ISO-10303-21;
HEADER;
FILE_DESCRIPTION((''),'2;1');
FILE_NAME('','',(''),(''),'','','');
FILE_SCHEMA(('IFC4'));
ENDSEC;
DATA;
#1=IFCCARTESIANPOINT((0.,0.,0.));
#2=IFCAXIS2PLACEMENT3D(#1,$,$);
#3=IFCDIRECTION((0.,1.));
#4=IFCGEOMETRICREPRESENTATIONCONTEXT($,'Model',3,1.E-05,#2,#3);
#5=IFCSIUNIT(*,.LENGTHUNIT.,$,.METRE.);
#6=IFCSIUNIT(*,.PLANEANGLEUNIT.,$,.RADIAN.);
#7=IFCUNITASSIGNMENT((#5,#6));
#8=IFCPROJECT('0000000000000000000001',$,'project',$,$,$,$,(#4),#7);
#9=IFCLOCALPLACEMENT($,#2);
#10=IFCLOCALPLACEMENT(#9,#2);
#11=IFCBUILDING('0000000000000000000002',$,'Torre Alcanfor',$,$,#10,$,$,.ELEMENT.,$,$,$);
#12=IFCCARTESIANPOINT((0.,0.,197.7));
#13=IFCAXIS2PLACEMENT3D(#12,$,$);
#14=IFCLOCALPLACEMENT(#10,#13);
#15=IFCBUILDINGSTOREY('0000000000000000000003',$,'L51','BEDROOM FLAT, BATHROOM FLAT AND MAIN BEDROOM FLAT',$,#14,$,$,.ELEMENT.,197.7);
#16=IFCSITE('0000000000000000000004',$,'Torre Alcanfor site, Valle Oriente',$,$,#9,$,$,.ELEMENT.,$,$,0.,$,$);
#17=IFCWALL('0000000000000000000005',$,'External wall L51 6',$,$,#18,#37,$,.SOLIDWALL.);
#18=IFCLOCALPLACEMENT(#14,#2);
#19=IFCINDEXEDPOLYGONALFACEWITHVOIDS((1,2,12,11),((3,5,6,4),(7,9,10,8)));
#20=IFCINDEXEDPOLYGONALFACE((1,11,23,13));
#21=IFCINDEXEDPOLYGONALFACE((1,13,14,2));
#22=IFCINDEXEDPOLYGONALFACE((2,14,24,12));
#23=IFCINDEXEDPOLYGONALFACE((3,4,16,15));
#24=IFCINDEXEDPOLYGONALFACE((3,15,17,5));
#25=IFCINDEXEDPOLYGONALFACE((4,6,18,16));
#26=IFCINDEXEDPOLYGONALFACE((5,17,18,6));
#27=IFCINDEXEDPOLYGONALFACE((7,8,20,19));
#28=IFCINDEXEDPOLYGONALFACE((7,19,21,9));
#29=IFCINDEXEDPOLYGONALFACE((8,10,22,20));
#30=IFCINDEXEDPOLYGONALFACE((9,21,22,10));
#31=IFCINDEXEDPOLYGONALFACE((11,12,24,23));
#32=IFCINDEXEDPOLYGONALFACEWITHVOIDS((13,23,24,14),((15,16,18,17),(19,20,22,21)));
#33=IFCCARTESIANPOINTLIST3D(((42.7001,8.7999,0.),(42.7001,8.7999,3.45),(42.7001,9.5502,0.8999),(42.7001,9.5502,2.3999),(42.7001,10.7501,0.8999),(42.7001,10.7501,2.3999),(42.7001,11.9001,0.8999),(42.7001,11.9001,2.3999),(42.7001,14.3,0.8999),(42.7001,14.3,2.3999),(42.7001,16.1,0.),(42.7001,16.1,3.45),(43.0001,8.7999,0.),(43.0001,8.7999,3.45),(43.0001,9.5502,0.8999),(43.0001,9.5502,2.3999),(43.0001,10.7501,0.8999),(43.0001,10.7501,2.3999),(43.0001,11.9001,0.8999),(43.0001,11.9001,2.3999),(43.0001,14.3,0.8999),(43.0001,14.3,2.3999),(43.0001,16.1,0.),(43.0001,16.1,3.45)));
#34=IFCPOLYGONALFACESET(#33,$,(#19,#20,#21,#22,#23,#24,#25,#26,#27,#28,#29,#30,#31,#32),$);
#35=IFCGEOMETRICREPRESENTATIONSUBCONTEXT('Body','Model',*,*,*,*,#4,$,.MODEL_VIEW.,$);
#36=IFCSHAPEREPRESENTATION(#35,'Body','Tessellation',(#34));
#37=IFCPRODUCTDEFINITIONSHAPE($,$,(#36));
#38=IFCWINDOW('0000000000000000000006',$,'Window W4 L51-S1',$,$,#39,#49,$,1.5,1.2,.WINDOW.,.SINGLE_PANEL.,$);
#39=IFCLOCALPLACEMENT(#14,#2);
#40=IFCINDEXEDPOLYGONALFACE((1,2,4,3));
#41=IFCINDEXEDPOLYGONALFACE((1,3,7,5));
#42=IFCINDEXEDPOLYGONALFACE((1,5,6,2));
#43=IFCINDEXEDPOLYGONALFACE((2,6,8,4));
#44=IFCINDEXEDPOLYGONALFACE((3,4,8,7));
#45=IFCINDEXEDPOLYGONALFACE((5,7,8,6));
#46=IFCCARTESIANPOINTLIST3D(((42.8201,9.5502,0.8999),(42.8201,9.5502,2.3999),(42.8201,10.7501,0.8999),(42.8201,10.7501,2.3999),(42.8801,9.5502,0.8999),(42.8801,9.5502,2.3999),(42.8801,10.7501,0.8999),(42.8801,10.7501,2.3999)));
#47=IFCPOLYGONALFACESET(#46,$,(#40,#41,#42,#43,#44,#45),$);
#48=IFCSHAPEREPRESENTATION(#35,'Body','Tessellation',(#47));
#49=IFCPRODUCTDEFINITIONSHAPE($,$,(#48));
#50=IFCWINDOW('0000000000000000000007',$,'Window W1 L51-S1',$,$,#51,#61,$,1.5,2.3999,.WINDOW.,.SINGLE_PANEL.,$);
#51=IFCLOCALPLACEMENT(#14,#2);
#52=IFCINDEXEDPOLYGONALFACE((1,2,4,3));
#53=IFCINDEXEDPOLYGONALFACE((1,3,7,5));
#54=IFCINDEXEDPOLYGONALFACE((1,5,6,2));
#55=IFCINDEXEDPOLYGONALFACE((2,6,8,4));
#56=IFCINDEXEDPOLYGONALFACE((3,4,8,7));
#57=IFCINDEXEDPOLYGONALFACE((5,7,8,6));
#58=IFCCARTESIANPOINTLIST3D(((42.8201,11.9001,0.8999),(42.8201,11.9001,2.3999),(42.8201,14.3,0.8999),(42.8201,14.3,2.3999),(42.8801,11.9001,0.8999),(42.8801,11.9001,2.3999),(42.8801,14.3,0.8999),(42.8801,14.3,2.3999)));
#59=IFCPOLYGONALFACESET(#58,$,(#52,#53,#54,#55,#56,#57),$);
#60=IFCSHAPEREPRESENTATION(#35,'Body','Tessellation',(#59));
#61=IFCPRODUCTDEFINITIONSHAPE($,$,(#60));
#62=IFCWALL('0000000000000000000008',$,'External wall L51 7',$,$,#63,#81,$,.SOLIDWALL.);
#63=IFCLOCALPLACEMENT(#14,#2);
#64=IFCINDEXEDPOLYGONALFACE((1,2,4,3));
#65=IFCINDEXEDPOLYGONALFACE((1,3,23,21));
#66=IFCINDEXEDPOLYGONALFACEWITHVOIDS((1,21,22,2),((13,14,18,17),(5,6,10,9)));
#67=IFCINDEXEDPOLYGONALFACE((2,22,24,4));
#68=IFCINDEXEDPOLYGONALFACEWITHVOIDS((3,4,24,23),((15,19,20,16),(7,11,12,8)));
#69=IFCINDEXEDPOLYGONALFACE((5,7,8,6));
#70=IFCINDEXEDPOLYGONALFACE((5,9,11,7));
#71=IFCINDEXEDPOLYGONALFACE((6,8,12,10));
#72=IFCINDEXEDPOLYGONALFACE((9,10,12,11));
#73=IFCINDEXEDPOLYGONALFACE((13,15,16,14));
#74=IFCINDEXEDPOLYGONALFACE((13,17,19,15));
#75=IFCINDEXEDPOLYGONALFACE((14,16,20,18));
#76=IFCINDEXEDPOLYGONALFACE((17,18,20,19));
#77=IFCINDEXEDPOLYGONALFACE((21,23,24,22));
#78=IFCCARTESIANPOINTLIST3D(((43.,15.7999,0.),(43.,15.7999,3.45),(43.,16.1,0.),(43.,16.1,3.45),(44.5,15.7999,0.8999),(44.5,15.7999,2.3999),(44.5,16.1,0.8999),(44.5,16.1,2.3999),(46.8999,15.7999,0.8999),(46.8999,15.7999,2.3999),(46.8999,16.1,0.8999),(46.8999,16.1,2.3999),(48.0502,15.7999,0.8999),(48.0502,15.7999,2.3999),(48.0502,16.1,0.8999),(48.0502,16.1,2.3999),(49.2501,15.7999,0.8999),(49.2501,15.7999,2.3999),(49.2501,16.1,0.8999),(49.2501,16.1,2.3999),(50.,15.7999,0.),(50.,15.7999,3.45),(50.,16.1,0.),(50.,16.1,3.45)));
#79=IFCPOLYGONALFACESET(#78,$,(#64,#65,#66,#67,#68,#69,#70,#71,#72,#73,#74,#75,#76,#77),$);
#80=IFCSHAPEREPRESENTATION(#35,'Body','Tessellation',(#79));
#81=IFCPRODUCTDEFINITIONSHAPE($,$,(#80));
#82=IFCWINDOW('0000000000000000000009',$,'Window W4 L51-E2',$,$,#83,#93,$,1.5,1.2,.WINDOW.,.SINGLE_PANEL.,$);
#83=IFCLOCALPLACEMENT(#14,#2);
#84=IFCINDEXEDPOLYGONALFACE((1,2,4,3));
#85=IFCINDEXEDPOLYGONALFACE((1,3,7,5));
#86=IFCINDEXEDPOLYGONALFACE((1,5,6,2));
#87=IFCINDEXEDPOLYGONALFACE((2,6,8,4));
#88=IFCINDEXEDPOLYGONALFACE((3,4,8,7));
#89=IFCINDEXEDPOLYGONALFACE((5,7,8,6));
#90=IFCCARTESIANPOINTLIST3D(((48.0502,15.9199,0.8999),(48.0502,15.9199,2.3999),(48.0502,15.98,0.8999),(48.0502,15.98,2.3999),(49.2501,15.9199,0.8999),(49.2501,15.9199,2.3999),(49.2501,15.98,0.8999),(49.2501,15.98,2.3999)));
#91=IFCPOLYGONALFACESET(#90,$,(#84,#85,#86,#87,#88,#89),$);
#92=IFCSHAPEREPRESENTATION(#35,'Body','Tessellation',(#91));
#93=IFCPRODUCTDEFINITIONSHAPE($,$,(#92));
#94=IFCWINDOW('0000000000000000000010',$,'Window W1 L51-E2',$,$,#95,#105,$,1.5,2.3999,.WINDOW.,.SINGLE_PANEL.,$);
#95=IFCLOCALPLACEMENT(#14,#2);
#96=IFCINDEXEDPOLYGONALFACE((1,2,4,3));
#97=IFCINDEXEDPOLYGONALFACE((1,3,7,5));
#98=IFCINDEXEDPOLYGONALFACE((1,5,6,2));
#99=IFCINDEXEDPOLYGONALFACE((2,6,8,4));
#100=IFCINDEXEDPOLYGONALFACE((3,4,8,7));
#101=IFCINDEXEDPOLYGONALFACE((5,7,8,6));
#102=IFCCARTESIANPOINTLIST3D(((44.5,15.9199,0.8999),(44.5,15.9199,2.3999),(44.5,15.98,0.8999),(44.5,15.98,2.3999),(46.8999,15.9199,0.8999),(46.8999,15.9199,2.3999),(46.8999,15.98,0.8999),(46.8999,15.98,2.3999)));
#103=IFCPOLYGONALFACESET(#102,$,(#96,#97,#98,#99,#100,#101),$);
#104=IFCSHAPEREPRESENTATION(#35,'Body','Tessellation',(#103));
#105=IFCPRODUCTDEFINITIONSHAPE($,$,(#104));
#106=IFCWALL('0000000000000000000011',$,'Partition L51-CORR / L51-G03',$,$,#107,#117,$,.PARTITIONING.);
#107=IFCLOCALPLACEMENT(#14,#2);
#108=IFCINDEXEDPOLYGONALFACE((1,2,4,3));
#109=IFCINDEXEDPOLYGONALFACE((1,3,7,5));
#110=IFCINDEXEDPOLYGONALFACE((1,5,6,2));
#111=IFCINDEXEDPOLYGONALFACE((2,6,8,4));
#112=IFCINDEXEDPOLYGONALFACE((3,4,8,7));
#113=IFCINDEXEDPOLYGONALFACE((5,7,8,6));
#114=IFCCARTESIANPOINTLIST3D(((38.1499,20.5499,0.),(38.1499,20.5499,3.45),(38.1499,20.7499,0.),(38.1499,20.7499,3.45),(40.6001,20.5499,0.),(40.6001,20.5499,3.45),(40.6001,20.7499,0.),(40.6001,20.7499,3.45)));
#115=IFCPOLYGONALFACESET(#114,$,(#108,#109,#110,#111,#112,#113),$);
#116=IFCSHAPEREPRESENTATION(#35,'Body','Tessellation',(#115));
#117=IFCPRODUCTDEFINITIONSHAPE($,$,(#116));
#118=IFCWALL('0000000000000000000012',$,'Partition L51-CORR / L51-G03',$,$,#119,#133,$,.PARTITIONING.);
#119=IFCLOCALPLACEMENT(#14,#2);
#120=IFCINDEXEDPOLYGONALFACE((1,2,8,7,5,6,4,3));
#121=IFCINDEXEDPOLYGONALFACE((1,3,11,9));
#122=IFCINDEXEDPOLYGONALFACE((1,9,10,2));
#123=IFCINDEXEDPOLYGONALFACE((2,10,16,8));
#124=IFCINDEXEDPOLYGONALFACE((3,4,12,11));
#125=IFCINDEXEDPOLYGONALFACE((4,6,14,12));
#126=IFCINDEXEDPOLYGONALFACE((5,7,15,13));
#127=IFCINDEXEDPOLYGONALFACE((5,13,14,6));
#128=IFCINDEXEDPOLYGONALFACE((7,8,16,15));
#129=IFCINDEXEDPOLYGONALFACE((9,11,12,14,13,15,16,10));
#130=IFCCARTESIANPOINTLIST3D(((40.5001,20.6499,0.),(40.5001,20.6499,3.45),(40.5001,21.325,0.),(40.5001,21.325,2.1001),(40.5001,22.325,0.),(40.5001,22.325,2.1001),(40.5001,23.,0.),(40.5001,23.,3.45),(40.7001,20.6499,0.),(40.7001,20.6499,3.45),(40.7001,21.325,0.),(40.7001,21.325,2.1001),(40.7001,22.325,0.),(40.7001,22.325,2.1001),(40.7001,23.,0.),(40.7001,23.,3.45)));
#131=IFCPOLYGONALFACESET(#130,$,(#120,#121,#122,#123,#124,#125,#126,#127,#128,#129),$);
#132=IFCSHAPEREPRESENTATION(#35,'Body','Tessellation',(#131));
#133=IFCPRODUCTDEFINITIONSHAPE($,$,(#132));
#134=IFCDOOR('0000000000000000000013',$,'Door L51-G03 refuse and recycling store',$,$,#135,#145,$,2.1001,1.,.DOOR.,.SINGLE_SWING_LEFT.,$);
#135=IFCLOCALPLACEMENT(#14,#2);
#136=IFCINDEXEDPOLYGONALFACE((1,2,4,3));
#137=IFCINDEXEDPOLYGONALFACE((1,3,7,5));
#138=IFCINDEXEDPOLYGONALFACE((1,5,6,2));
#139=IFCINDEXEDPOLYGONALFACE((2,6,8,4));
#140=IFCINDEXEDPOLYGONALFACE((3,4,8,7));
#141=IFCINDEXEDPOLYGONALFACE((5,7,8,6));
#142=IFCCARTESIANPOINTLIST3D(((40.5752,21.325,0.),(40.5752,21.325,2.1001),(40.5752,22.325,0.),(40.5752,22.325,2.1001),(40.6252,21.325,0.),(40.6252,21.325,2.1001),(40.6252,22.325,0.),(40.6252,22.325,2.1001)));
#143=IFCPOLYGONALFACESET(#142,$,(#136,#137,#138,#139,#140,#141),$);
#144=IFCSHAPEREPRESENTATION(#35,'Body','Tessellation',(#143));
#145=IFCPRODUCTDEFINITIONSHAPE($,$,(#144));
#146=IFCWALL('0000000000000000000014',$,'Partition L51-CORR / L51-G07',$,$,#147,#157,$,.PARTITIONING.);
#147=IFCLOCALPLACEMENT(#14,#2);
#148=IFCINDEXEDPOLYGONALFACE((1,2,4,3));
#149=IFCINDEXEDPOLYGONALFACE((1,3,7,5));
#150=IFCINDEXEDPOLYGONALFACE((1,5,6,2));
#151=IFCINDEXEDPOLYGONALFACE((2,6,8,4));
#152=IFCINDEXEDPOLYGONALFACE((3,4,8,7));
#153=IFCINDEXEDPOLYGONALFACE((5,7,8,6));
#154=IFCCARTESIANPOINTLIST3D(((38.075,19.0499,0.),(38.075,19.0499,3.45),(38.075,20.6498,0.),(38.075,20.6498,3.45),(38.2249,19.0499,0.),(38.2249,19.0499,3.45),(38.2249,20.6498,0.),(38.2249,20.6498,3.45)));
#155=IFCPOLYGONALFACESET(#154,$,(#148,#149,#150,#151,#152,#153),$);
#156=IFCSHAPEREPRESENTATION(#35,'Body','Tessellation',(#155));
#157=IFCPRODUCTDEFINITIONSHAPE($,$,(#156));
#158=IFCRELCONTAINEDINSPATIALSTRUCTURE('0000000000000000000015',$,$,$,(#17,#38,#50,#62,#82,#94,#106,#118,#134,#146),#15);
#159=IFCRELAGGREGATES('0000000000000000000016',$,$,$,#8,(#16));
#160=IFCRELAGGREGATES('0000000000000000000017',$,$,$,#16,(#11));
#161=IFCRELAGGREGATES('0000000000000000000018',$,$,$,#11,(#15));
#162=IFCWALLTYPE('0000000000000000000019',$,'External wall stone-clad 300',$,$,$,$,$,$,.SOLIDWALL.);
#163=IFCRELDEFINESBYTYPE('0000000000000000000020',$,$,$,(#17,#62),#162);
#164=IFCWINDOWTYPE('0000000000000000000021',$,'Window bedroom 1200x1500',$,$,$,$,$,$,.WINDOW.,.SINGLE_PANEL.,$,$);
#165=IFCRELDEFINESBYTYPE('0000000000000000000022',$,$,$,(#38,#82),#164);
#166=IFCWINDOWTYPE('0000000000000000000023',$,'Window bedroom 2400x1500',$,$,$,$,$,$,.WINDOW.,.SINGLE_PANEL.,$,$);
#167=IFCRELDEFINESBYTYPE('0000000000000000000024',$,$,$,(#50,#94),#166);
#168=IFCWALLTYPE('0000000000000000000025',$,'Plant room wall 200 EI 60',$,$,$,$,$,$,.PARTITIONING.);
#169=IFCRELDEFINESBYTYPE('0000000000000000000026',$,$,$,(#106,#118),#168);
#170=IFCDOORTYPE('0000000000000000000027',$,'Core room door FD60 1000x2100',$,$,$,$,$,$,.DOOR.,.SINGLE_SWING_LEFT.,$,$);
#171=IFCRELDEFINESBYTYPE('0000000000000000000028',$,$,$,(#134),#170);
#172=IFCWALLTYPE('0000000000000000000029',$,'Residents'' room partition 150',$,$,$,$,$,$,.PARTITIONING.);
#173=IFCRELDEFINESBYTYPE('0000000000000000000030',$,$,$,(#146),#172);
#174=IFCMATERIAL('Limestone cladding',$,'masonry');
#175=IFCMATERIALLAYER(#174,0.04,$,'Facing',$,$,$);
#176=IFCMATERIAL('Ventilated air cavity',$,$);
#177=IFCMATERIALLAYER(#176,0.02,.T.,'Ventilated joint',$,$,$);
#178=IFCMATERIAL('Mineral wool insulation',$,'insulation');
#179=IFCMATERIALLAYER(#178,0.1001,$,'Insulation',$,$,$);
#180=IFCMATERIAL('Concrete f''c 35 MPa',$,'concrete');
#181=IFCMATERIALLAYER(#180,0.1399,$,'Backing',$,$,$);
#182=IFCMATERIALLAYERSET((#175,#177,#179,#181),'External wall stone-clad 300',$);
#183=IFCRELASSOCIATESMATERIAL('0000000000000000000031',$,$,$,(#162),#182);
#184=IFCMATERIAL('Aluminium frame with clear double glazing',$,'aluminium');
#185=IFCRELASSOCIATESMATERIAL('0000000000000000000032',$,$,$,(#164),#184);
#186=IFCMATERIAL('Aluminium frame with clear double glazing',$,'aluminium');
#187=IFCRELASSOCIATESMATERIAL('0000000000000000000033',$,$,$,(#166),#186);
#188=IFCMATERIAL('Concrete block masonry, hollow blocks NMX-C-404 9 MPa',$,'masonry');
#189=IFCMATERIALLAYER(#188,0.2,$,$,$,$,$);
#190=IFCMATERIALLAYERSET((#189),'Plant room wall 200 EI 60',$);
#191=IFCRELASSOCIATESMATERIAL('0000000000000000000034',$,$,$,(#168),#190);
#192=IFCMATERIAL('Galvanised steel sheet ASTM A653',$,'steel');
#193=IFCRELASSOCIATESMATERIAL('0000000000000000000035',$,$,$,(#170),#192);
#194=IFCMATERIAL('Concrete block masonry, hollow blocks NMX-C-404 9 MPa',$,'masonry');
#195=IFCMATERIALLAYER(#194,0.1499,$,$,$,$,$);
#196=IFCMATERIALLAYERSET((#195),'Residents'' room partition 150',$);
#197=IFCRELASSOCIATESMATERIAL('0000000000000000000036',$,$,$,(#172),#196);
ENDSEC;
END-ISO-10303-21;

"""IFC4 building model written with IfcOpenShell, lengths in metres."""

from ifc_helpers import new_model, si_unit, direction, frame, frame_2d, origin, place, context, subcontext, project, spatial, rectangle, extrude, material, layer, layer_set, type_object, element, fill, save


model = new_model("IFC4")

# Units and contexts
model_context = context("Model", 3, precision=1e-05, world=origin(), true_north=direction((0.0, 1.0)))
body_context = subcontext(model_context, "Body", "Model", "MODEL_VIEW")
ifc_project = project(units=[si_unit("LENGTHUNIT", "METRE"), si_unit("PLANEANGLEUNIT", "RADIAN")], contexts=[model_context])

# Site, building, storey
site_placement = place(None, origin())
site = spatial("IfcSite", under=ifc_project, at=site_placement, Name="Torre Alcanfor site, Valle Oriente", CompositionType="ELEMENT", RefElevation=0.0)
building_placement = place(site_placement, origin())
building = spatial("IfcBuilding", under=site, at=building_placement, Name="Torre Alcanfor", CompositionType="ELEMENT")
storey_placement = place(building_placement, frame((0.0, 0.0, 197.7)))
storey = spatial("IfcBuildingStorey", under=building, at=storey_placement, Name="L51", Description="BEDROOM FLAT, BATHROOM FLAT AND MAIN BEDROOM FLAT", CompositionType="ELEMENT", Elevation=197.7)

# Walls, openings, windows
ifc_material_1 = material(Name="Limestone cladding", Category="masonry")
ifc_layer_1 = layer(ifc_material_1, 0.04, Name="Facing")
ifc_material_2 = material(Name="Ventilated air cavity")
ifc_layer_2 = layer(ifc_material_2, 0.02, ventilated=True, Name="Ventilated joint")
ifc_material_3 = material(Name="Mineral wool insulation", Category="insulation")
ifc_layer_3 = layer(ifc_material_3, 0.1001, Name="Insulation")
ifc_material_4 = material(Name="Concrete f'c 35 MPa", Category="concrete")
ifc_layer_4 = layer(ifc_material_4, 0.1399, Name="Backing")
ifc_layer_set_1 = layer_set([ifc_layer_1, ifc_layer_2, ifc_layer_3, ifc_layer_4], Name="External wall stone-clad 300")
wall_type_1 = type_object("IfcWallType", Name="External wall stone-clad 300", PredefinedType="SOLIDWALL", material=ifc_layer_set_1)
wall_1_placement = place(storey_placement, frame((42.8501, 8.8, 0.0), z_axis=(0.0, 0.0, 1.0), x_axis=(0.0, 1.0, 0.0)))
wall_1 = element("IfcWall", 1, at=wall_1_placement, inside=storey, type_object=wall_type_1, Name="External wall L51 6", PredefinedType="SOLIDWALL", context=body_context, shape_type="SweptSolid", body=[
    extrude(rectangle(XDim=7.3, YDim=0.3, at=frame_2d((3.6499, 0.0))), origin(), (0.0, 0.0, 1.0), 3.45),
])
opening_1_placement = place(wall_1_placement, frame((3.1001, 0.0, 0.8999)))
opening_1 = element("IfcOpeningElement", 2, at=opening_1_placement, cuts=wall_1, PredefinedType="OPENING", context=body_context, shape_type="SweptSolid", body=[
    extrude(rectangle(XDim=2.3999, YDim=1.5, at=frame_2d((1.2, 0.75))), frame((0.0, 0.1599, 0.0), z_axis=(0.0, -1.0, 0.0), x_axis=(1.0, 0.0, 0.0)), (0.0, 0.0, 1.0), 0.3201),
])
opening_2_placement = place(wall_1_placement, frame((0.75, 0.0, 0.8999)))
opening_2 = element("IfcOpeningElement", 3, at=opening_2_placement, cuts=wall_1, PredefinedType="OPENING", context=body_context, shape_type="SweptSolid", body=[
    extrude(rectangle(XDim=1.2, YDim=1.5, at=frame_2d((0.6001, 0.75))), frame((0.0, 0.1599, 0.0), z_axis=(0.0, -1.0, 0.0), x_axis=(1.0, 0.0, 0.0)), (0.0, 0.0, 1.0), 0.3201),
])
ifc_material_5 = material(Name="Aluminium frame with clear double glazing", Category="aluminium")
window_type_1 = type_object("IfcWindowType", Name="Window bedroom 1200x1500", PartitioningType="SINGLE_PANEL", PredefinedType="WINDOW", material=ifc_material_5)
window_1_placement = place(opening_2_placement, origin())
window_1 = element("IfcWindow", 4, at=window_1_placement, inside=storey, type_object=window_type_1, Name="Window W4 L51-S1", OverallHeight=1.5, OverallWidth=1.2, PartitioningType="SINGLE_PANEL", PredefinedType="WINDOW", context=body_context, shape_type="SweptSolid", body=[
    extrude(rectangle(XDim=1.2, YDim=1.5, at=frame_2d((0.6001, 0.75))), frame((0.0, 0.03, 0.0), z_axis=(0.0, -1.0, 0.0), x_axis=(1.0, 0.0, 0.0)), (0.0, 0.0, 1.0), 0.0601),
])
fill(opening_2, window_1)
ifc_material_6 = material(Name="Aluminium frame with clear double glazing", Category="aluminium")
window_type_2 = type_object("IfcWindowType", Name="Window bedroom 2400x1500", PartitioningType="SINGLE_PANEL", PredefinedType="WINDOW", material=ifc_material_6)
window_2_placement = place(opening_1_placement, origin())
window_2 = element("IfcWindow", 5, at=window_2_placement, inside=storey, type_object=window_type_2, Name="Window W1 L51-S1", OverallHeight=1.5, OverallWidth=2.3999, PartitioningType="SINGLE_PANEL", PredefinedType="WINDOW", context=body_context, shape_type="SweptSolid", body=[
    extrude(rectangle(XDim=2.3999, YDim=1.5, at=frame_2d((1.2, 0.75))), frame((0.0, 0.03, 0.0), z_axis=(0.0, -1.0, 0.0), x_axis=(1.0, 0.0, 0.0)), (0.0, 0.0, 1.0), 0.0601),
])
fill(opening_1, window_2)
wall_2_placement = place(storey_placement, frame((43.0, 15.95, 0.0), z_axis=(0.0, 0.0, 1.0), x_axis=(1.0, 0.0, 0.0)))
wall_2 = element("IfcWall", 6, at=wall_2_placement, inside=storey, type_object=wall_type_1, Name="External wall L51 7", PredefinedType="SOLIDWALL", context=body_context, shape_type="SweptSolid", body=[
    extrude(rectangle(XDim=7.0, YDim=0.3, at=frame_2d((3.5, 0.0))), origin(), (0.0, 0.0, 1.0), 3.45),
])
opening_3_placement = place(wall_2_placement, frame((1.5, 0.0, 0.8999)))
opening_3 = element("IfcOpeningElement", 7, at=opening_3_placement, cuts=wall_2, PredefinedType="OPENING", context=body_context, shape_type="SweptSolid", body=[
    extrude(rectangle(XDim=2.3999, YDim=1.5, at=frame_2d((1.2, 0.75))), frame((0.0, 0.1599, 0.0), z_axis=(0.0, -1.0, 0.0), x_axis=(1.0, 0.0, 0.0)), (0.0, 0.0, 1.0), 0.3201),
])
opening_4_placement = place(wall_2_placement, frame((5.05, 0.0, 0.8999)))
opening_4 = element("IfcOpeningElement", 8, at=opening_4_placement, cuts=wall_2, PredefinedType="OPENING", context=body_context, shape_type="SweptSolid", body=[
    extrude(rectangle(XDim=1.2, YDim=1.5, at=frame_2d((0.6001, 0.75))), frame((0.0, 0.1599, 0.0), z_axis=(0.0, -1.0, 0.0), x_axis=(1.0, 0.0, 0.0)), (0.0, 0.0, 1.0), 0.3201),
])
window_3_placement = place(opening_4_placement, origin())
window_3 = element("IfcWindow", 9, at=window_3_placement, inside=storey, type_object=window_type_1, Name="Window W4 L51-E2", OverallHeight=1.5, OverallWidth=1.2, PartitioningType="SINGLE_PANEL", PredefinedType="WINDOW", context=body_context, shape_type="SweptSolid", body=[
    extrude(rectangle(XDim=1.2, YDim=1.5, at=frame_2d((0.6001, 0.75))), frame((0.0, 0.03, 0.0), z_axis=(0.0, -1.0, 0.0), x_axis=(1.0, 0.0, 0.0)), (0.0, 0.0, 1.0), 0.0601),
])
fill(opening_4, window_3)
window_4_placement = place(opening_3_placement, origin())
window_4 = element("IfcWindow", 10, at=window_4_placement, inside=storey, type_object=window_type_2, Name="Window W1 L51-E2", OverallHeight=1.5, OverallWidth=2.3999, PartitioningType="SINGLE_PANEL", PredefinedType="WINDOW", context=body_context, shape_type="SweptSolid", body=[
    extrude(rectangle(XDim=2.3999, YDim=1.5, at=frame_2d((1.2, 0.75))), frame((0.0, 0.03, 0.0), z_axis=(0.0, -1.0, 0.0), x_axis=(1.0, 0.0, 0.0)), (0.0, 0.0, 1.0), 0.0601),
])
fill(opening_3, window_4)

# Wall
ifc_material_7 = material(Name="Concrete block masonry, hollow blocks NMX-C-404 9 MPa", Category="masonry")
ifc_layer_5 = layer(ifc_material_7, 0.2)
ifc_layer_set_2 = layer_set([ifc_layer_5], Name="Plant room wall 200 EI 60")
wall_type_2 = type_object("IfcWallType", Name="Plant room wall 200 EI 60", PredefinedType="PARTITIONING", material=ifc_layer_set_2)
wall_3_placement = place(storey_placement, frame((38.1499, 20.6499, 0.0), z_axis=(0.0, 0.0, 1.0), x_axis=(1.0, 0.0, 0.0)))
element("IfcWall", 11, at=wall_3_placement, inside=storey, type_object=wall_type_2, Name="Partition L51-CORR / L51-G03", PredefinedType="PARTITIONING", context=body_context, shape_type="SweptSolid", body=[
    extrude(rectangle(XDim=2.4502, YDim=0.2, at=frame_2d((1.2251, 0.0))), origin(), (0.0, 0.0, 1.0), 3.45),
])

# Wall, opening, door
wall_4_placement = place(storey_placement, frame((40.6001, 20.6499, 0.0), z_axis=(0.0, 0.0, 1.0), x_axis=(0.0, 1.0, 0.0)))
wall_4 = element("IfcWall", 12, at=wall_4_placement, inside=storey, type_object=wall_type_2, Name="Partition L51-CORR / L51-G03", PredefinedType="PARTITIONING", context=body_context, shape_type="SweptSolid", body=[
    extrude(rectangle(XDim=2.3501, YDim=0.2, at=frame_2d((1.175, 0.0))), origin(), (0.0, 0.0, 1.0), 3.45),
])
opening_5_placement = place(wall_4_placement, frame((0.675, 0.0, 0.0)))
opening_5 = element("IfcOpeningElement", 13, at=opening_5_placement, cuts=wall_4, PredefinedType="OPENING", context=body_context, shape_type="SweptSolid", body=[
    extrude(rectangle(XDim=1.0, YDim=2.1001, at=frame_2d((0.5, 1.05))), frame((0.0, 0.1099, 0.0), z_axis=(0.0, -1.0, 0.0), x_axis=(1.0, 0.0, 0.0)), (0.0, 0.0, 1.0), 0.22),
])
ifc_material_8 = material(Name="Galvanised steel sheet ASTM A653", Category="steel")
door_type = type_object("IfcDoorType", Name="Core room door FD60 1000x2100", OperationType="SINGLE_SWING_LEFT", PredefinedType="DOOR", material=ifc_material_8)
door_placement = place(opening_5_placement, origin())
door = element("IfcDoor", 14, at=door_placement, inside=storey, type_object=door_type, Name="Door L51-G03 refuse and recycling store", OperationType="SINGLE_SWING_LEFT", OverallHeight=2.1001, OverallWidth=1.0, PredefinedType="DOOR", context=body_context, shape_type="SweptSolid", body=[
    extrude(rectangle(XDim=1.0, YDim=2.1001, at=frame_2d((0.5, 1.05))), frame((0.0, 0.0249, 0.0), z_axis=(0.0, -1.0, 0.0), x_axis=(1.0, 0.0, 0.0)), (0.0, 0.0, 1.0), 0.05),
])
fill(opening_5, door)

# Wall
ifc_material_9 = material(Name="Concrete block masonry, hollow blocks NMX-C-404 9 MPa", Category="masonry")
ifc_layer_6 = layer(ifc_material_9, 0.1499)
ifc_layer_set_3 = layer_set([ifc_layer_6], Name="Residents' room partition 150")
wall_type_3 = type_object("IfcWallType", Name="Residents' room partition 150", PredefinedType="PARTITIONING", material=ifc_layer_set_3)
wall_5_placement = place(storey_placement, frame((38.1499, 19.05, 0.0), z_axis=(0.0, 0.0, 1.0), x_axis=(0.0, 1.0, 0.0)))
element("IfcWall", 15, at=wall_5_placement, inside=storey, type_object=wall_type_3, Name="Partition L51-CORR / L51-G07", PredefinedType="PARTITIONING", context=body_context, shape_type="SweptSolid", body=[
    extrude(rectangle(XDim=1.5999, YDim=0.1499, at=frame_2d((0.7998, 0.0))), origin(), (0.0, 0.0, 1.0), 3.45),
])

save(model, "model.ifc")
